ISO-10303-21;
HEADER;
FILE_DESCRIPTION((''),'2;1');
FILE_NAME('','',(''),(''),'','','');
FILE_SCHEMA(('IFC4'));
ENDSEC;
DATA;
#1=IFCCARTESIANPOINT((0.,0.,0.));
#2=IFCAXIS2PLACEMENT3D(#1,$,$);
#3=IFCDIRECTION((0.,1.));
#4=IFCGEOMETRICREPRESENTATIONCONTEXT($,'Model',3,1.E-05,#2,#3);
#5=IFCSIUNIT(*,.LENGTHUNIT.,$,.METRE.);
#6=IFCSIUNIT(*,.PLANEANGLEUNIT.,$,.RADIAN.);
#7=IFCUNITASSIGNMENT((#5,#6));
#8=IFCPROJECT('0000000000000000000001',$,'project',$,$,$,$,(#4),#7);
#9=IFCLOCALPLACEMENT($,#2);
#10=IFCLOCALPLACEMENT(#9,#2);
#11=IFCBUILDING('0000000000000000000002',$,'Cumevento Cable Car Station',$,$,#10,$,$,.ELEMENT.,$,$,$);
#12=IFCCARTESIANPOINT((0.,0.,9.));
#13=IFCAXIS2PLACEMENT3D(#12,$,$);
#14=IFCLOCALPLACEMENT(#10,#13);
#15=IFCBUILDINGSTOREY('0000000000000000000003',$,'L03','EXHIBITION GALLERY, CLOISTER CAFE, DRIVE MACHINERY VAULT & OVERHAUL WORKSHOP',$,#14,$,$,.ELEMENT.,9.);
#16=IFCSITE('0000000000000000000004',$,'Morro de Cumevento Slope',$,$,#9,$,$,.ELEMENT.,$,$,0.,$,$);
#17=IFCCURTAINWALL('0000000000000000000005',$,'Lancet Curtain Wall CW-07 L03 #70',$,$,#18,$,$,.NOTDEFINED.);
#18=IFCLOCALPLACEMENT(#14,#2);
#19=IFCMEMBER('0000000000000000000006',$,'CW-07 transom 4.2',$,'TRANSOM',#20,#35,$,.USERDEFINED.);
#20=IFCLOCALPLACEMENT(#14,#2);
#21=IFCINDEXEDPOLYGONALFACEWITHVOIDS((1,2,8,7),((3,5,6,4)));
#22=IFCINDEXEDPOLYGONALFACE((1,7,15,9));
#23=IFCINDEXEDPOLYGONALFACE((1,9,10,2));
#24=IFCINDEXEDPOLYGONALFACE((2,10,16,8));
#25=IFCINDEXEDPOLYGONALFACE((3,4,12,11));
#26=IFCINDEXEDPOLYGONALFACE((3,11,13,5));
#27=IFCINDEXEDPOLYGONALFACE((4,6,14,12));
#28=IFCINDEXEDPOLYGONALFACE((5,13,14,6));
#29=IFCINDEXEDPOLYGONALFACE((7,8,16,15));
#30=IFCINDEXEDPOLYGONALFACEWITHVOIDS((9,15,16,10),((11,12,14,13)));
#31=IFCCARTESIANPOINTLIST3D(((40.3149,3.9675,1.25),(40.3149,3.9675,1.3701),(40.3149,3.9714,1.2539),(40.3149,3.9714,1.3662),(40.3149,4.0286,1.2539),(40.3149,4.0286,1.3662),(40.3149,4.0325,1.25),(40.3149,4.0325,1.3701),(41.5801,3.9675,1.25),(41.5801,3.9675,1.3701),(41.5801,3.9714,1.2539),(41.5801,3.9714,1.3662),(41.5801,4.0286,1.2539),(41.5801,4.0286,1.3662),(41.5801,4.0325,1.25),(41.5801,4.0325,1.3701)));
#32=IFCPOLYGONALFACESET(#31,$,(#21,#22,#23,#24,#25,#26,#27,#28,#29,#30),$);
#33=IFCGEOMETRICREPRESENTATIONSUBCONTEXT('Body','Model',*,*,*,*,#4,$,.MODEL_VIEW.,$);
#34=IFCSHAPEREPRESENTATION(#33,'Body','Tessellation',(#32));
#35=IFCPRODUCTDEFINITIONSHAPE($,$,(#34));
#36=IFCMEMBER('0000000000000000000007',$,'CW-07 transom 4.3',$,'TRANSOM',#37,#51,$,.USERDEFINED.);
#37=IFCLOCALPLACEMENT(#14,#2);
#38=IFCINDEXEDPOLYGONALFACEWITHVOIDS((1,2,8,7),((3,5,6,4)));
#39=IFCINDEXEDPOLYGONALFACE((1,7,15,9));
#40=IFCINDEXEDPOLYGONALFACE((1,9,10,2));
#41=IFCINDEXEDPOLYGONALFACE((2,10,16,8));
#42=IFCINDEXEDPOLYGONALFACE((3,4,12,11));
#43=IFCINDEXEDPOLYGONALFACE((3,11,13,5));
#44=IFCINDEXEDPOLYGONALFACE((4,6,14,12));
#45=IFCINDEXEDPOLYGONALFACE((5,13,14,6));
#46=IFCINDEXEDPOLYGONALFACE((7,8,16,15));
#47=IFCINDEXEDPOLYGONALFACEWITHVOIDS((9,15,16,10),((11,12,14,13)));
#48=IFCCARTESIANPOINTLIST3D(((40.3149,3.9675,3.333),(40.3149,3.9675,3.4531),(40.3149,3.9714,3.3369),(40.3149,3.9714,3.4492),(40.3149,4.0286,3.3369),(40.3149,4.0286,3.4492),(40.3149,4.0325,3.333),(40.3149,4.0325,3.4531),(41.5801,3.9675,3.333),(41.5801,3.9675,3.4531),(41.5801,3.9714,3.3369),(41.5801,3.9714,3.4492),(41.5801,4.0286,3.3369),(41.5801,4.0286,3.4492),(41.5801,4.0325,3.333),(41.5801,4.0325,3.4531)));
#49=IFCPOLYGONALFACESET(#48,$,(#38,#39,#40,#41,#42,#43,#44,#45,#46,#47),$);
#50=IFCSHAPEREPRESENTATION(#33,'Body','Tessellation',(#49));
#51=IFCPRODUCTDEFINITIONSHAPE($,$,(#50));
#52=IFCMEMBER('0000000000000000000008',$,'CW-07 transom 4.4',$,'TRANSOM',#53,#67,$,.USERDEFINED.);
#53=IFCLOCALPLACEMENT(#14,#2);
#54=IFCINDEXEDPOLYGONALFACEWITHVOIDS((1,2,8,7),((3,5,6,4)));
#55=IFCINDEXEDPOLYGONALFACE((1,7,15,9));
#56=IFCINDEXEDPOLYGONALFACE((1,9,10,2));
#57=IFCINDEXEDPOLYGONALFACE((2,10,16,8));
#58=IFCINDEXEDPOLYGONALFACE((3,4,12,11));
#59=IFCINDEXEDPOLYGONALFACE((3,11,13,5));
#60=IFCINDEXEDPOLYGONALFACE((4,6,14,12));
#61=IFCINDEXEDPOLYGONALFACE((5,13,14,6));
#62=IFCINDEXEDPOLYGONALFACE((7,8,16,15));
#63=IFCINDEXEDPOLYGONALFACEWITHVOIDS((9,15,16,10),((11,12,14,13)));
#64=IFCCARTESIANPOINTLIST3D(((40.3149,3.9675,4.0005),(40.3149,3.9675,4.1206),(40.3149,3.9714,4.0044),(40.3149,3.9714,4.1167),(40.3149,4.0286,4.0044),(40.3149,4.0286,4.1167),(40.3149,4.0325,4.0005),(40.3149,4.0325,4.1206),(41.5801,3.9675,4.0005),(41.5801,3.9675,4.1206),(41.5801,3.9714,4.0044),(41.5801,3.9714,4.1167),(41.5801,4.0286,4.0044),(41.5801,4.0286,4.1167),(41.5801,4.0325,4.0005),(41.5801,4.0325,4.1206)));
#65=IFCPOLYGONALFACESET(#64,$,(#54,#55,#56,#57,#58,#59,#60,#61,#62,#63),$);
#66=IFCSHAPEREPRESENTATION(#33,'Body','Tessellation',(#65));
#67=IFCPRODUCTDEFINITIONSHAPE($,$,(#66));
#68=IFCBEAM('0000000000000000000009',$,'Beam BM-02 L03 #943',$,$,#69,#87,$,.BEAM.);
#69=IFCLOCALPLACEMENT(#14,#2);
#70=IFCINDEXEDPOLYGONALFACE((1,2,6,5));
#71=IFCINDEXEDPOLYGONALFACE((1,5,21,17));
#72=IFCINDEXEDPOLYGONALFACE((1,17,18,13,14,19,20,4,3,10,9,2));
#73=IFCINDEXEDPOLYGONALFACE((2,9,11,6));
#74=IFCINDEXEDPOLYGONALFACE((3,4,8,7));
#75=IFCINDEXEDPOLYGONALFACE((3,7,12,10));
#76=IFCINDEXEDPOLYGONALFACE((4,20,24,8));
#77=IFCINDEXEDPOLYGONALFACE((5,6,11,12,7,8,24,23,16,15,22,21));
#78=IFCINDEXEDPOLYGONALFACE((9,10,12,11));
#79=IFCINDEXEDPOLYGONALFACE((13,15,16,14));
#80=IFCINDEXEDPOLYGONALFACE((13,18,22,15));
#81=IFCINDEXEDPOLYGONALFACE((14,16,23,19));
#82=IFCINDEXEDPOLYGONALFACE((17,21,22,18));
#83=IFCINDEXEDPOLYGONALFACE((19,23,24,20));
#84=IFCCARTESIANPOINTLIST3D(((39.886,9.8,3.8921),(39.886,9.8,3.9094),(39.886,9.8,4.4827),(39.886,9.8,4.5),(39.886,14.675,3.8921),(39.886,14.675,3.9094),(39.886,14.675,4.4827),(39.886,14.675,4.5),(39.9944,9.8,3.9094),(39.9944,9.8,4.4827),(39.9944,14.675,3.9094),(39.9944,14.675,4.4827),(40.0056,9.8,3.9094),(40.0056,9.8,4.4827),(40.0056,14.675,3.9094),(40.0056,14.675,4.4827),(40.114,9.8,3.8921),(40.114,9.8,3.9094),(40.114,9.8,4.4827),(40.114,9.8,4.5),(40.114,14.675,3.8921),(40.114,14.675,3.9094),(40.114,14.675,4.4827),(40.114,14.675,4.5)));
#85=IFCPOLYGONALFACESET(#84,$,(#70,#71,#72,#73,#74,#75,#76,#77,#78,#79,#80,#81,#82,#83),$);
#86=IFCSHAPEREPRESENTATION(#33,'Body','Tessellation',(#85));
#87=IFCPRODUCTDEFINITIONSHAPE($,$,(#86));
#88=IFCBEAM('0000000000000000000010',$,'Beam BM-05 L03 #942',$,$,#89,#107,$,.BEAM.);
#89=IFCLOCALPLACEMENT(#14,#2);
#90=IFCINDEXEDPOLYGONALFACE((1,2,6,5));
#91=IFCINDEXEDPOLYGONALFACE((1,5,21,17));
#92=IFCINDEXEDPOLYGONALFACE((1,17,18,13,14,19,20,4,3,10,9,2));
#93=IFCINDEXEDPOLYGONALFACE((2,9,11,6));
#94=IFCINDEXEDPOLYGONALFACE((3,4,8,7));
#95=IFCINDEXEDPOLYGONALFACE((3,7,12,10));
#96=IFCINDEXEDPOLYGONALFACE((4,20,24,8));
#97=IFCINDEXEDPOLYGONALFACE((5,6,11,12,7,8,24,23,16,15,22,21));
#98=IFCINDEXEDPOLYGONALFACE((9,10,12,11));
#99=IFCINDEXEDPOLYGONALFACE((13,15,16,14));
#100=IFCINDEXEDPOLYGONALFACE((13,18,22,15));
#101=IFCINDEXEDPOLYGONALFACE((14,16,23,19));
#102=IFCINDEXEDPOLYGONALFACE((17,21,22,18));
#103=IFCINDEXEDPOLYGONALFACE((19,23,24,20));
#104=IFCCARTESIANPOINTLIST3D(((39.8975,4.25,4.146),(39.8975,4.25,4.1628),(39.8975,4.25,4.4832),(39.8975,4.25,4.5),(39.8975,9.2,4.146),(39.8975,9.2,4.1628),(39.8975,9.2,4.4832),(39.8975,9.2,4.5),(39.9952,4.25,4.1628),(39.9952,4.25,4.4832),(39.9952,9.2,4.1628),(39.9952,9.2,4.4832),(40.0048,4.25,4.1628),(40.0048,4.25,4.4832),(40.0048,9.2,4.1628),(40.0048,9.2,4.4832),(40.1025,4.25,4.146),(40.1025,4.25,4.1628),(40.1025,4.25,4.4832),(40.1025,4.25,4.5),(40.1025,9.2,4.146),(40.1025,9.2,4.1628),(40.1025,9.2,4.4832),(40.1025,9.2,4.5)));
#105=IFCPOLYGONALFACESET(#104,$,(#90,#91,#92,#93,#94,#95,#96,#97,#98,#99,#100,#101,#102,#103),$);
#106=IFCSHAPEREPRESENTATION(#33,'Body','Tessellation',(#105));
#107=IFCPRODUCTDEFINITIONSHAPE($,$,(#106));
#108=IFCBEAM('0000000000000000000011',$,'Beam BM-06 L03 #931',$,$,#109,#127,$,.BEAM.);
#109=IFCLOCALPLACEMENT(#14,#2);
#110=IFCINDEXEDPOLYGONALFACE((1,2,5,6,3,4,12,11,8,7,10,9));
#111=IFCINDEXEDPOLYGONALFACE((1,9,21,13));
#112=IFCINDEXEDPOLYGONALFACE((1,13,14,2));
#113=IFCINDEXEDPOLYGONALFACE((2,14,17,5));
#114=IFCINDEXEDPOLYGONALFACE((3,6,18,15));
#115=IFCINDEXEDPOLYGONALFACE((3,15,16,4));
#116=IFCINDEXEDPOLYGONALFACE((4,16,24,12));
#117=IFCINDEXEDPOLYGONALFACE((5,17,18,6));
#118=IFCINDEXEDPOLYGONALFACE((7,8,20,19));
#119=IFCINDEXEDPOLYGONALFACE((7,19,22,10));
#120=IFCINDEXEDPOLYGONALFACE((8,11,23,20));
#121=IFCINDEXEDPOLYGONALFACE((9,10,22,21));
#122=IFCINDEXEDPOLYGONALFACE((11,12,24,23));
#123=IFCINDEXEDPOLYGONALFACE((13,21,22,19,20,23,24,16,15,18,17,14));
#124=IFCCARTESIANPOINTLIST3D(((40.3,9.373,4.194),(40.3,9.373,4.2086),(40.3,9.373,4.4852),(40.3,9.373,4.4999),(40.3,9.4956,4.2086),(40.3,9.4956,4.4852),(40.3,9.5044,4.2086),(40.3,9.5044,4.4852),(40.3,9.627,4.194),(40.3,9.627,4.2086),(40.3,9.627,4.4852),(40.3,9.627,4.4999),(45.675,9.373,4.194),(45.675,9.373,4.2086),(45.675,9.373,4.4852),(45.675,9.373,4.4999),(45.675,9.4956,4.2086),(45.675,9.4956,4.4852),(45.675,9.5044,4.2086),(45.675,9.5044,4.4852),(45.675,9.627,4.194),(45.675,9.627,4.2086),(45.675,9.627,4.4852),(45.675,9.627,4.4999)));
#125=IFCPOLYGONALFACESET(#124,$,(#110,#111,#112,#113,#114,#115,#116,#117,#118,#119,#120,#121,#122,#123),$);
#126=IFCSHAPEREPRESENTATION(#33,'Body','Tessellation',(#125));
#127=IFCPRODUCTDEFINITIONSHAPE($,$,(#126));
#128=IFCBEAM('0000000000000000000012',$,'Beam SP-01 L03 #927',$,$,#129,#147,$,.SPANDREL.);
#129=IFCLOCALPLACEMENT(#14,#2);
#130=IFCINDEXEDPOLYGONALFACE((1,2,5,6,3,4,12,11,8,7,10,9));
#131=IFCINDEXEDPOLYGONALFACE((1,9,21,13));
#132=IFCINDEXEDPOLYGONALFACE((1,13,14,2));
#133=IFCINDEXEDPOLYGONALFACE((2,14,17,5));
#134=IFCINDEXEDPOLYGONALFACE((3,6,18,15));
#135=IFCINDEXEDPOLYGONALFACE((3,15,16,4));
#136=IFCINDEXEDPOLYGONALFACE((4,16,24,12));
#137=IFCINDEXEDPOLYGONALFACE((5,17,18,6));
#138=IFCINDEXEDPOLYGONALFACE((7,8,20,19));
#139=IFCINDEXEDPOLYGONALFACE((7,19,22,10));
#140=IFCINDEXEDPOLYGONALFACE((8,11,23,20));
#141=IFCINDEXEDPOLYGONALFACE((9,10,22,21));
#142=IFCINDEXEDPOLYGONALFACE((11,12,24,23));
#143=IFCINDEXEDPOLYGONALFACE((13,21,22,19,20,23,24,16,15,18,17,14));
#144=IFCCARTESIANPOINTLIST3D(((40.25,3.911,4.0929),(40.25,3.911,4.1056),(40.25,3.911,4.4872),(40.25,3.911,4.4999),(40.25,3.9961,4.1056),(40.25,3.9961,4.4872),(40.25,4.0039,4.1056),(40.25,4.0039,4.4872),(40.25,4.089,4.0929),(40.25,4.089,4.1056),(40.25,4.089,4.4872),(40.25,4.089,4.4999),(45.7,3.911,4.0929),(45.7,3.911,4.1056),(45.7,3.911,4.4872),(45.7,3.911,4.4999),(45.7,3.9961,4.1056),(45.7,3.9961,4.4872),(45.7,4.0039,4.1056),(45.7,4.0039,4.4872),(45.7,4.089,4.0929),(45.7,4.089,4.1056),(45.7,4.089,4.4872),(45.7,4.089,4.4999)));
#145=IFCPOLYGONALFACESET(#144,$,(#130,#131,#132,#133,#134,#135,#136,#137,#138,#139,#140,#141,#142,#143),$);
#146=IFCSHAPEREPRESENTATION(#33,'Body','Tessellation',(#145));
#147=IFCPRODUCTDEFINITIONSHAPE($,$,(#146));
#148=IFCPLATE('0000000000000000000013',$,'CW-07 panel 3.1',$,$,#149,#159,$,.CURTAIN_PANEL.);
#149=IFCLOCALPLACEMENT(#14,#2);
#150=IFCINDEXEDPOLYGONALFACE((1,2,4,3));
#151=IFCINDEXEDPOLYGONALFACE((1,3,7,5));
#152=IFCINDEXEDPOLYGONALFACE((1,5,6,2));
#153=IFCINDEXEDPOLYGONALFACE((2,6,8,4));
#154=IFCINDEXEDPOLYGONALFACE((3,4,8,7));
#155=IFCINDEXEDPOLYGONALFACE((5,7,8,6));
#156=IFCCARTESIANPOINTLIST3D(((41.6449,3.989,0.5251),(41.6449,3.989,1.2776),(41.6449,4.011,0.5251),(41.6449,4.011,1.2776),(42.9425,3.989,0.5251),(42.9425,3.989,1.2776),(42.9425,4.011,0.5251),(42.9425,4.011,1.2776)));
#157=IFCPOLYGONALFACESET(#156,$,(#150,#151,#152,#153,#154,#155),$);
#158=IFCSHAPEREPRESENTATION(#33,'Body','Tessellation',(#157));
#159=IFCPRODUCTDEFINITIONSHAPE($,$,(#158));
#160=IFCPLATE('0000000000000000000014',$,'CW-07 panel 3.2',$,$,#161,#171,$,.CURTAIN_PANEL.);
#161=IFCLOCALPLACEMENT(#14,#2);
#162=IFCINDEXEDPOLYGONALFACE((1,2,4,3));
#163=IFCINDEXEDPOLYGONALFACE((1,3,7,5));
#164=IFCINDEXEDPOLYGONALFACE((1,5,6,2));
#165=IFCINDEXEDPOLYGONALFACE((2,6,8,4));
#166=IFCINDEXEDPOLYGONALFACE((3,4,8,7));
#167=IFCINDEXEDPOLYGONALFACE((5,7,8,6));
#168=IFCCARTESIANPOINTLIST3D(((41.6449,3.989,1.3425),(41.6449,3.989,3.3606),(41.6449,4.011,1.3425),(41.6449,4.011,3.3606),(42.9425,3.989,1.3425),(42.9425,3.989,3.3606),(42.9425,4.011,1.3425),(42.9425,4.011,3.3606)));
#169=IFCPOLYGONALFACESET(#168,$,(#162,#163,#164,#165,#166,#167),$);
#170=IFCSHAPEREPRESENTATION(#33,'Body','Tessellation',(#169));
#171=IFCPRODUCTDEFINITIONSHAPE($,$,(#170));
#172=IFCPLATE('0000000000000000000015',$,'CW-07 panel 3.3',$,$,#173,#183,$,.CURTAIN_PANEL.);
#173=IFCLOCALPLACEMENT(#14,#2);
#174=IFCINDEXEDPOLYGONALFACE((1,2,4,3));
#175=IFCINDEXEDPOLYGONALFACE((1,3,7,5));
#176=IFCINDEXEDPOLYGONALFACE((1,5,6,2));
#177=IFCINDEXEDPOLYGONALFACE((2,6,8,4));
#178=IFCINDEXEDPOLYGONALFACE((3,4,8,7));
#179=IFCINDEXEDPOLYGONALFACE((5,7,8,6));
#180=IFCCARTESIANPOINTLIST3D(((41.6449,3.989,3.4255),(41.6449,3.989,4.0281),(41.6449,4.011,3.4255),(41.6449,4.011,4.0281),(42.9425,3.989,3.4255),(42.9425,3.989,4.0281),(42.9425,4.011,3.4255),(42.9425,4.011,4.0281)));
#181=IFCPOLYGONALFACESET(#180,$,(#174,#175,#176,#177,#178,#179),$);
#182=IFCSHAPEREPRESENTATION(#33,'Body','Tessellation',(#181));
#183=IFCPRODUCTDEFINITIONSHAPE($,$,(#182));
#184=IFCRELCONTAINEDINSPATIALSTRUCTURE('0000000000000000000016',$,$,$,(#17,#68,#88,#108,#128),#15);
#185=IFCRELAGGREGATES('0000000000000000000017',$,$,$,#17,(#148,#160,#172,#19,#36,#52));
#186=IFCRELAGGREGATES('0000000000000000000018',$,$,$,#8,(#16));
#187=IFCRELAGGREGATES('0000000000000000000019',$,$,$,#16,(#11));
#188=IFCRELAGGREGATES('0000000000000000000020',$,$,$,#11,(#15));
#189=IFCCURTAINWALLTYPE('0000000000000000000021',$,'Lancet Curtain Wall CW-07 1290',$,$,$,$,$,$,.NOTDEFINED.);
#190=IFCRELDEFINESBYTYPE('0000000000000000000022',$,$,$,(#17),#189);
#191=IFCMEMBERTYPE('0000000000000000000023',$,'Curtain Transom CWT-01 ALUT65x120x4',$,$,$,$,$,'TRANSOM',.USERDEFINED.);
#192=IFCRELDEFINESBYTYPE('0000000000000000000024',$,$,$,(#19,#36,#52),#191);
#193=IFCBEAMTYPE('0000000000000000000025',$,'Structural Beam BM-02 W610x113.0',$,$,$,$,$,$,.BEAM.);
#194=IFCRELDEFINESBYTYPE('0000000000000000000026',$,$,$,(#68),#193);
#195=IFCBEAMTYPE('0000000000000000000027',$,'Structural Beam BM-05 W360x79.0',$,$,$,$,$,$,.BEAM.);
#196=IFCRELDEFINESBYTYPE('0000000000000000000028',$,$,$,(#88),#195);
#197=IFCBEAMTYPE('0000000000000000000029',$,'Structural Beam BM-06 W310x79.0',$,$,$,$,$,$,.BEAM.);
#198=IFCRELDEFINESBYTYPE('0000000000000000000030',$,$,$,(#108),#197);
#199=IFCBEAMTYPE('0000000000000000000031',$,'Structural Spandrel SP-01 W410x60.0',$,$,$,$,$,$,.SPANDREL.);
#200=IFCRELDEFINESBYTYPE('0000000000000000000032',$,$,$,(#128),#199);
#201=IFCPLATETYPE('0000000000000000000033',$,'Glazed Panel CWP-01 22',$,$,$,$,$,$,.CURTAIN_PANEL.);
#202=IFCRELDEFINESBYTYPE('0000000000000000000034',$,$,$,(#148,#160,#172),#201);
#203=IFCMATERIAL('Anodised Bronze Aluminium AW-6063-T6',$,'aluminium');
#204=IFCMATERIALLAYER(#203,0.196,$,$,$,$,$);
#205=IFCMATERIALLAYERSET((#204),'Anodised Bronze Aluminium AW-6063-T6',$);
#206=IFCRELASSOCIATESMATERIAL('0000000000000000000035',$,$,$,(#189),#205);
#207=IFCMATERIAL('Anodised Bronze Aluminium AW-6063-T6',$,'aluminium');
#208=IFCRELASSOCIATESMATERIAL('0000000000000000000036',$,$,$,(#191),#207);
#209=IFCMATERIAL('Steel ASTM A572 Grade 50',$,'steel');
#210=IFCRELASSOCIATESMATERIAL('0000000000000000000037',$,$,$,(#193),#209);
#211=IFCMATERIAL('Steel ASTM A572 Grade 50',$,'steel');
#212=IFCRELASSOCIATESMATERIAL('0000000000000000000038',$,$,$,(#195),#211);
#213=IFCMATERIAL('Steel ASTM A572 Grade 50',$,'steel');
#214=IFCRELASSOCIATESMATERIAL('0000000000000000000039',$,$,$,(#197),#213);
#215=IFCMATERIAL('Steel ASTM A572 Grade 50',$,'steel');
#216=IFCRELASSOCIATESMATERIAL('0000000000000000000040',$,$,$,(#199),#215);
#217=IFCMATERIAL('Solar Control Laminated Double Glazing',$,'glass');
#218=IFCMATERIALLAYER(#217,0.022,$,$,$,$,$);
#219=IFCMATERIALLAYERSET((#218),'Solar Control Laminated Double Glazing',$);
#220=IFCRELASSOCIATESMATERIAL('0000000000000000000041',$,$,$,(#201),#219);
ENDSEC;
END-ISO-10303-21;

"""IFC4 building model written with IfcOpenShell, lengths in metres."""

from ifc_helpers import new_model, si_unit, direction, frame, origin, origin_2d, place, context, subcontext, project, spatial, rectangle, hollow_rectangle, i_section, extrude, material, layer, layer_set, material_profile, profile_set, type_object, element, aggregate, save


model = new_model("IFC4")

# Units and contexts
model_context = context("Model", 3, precision=1e-05, world=origin(), true_north=direction((0.0, 1.0)))
body_context = subcontext(model_context, "Body", "Model", "MODEL_VIEW")
ifc_project = project(units=[si_unit("LENGTHUNIT", "METRE"), si_unit("PLANEANGLEUNIT", "RADIAN")], contexts=[model_context])

# Site, building, storey
site_placement = place(None, origin())
site = spatial("IfcSite", under=ifc_project, at=site_placement, Name="Morro de Cumevento Slope", CompositionType="ELEMENT", RefElevation=0.0)
building_placement = place(site_placement, origin())
building = spatial("IfcBuilding", under=site, at=building_placement, Name="Cumevento Cable Car Station", CompositionType="ELEMENT")
storey_placement = place(building_placement, frame((0.0, 0.0, 9.0)))
storey = spatial("IfcBuildingStorey", under=building, at=storey_placement, Name="L03", Description="EXHIBITION GALLERY, CLOISTER CAFE, DRIVE MACHINERY VAULT & OVERHAUL WORKSHOP", CompositionType="ELEMENT", Elevation=9.0)

# Curtain wall
ifc_material_1 = material(Name="Anodised Bronze Aluminium AW-6063-T6", Category="aluminium")
ifc_layer_1 = layer(ifc_material_1, 0.196)
ifc_layer_set_1 = layer_set([ifc_layer_1], Name="Anodised Bronze Aluminium AW-6063-T6")
curtain_wall_type_1 = type_object("IfcCurtainWallType", Name="Lancet Curtain Wall CW-07 1290", PredefinedType="NOTDEFINED", material=ifc_layer_set_1)
curtain_wall_1_placement = place(storey_placement, origin())
curtain_wall_1 = element("IfcCurtainWall", 1, at=curtain_wall_1_placement, inside=storey, type_object=curtain_wall_type_1, Name="Lancet Curtain Wall CW-07 L03 #70", PredefinedType="NOTDEFINED")

# Members
ifc_material_2 = material(Name="Anodised Bronze Aluminium AW-6063-T6", Category="aluminium")
ifc_material_profile_1 = material_profile(ifc_material_2, hollow_rectangle(XDim=0.0649, YDim=0.1201, WallThickness=0.0039, at=origin_2d()), Name="ALUT65x120x4")
ifc_profile_set_1 = profile_set([ifc_material_profile_1], Name="Anodised Bronze Aluminium AW-6063-T6")
member_type_1 = type_object("IfcMemberType", Name="Curtain Transom CWT-01 ALUT65x120x4", ElementType="TRANSOM", PredefinedType="USERDEFINED", material=ifc_profile_set_1)
member_1_placement = place(storey_placement, frame((41.5801, 4.0, 1.3101), z_axis=(-1.0, 0.0, 0.0), x_axis=(0.0, -1.0, 0.0)))
member_1 = element("IfcMember", 2, at=member_1_placement, type_object=member_type_1, Name="CW-07 transom 4.2", ObjectType="TRANSOM", PredefinedType="USERDEFINED", context=body_context, shape_type="SweptSolid", body=[
    extrude(hollow_rectangle(XDim=0.0649, YDim=0.1201, WallThickness=0.0039, at=origin_2d()), origin(), (0.0, 0.0, 1.0), 1.2651),
])
member_2_placement = place(storey_placement, frame((41.5801, 4.0, 3.3931), z_axis=(-1.0, 0.0, 0.0), x_axis=(0.0, -1.0, 0.0)))
member_2 = element("IfcMember", 3, at=member_2_placement, type_object=member_type_1, Name="CW-07 transom 4.3", ObjectType="TRANSOM", PredefinedType="USERDEFINED", context=body_context, shape_type="SweptSolid", body=[
    extrude(hollow_rectangle(XDim=0.0649, YDim=0.1201, WallThickness=0.0039, at=origin_2d()), origin(), (0.0, 0.0, 1.0), 1.2651),
])
member_3_placement = place(storey_placement, frame((41.5801, 4.0, 4.0605), z_axis=(-1.0, 0.0, 0.0), x_axis=(0.0, -1.0, 0.0)))
member_3 = element("IfcMember", 4, at=member_3_placement, type_object=member_type_1, Name="CW-07 transom 4.4", ObjectType="TRANSOM", PredefinedType="USERDEFINED", context=body_context, shape_type="SweptSolid", body=[
    extrude(hollow_rectangle(XDim=0.0649, YDim=0.1201, WallThickness=0.0039, at=origin_2d()), origin(), (0.0, 0.0, 1.0), 1.2651),
])

# Beams
ifc_material_3 = material(Name="Steel ASTM A572 Grade 50", Category="steel")
ifc_material_profile_2 = material_profile(ifc_material_3, i_section(OverallWidth=0.228, OverallDepth=0.6079, WebThickness=0.0112, FlangeThickness=0.0173, at=origin_2d()), Name="W610x113.0")
ifc_profile_set_2 = profile_set([ifc_material_profile_2], Name="Steel ASTM A572 Grade 50")
beam_type_1 = type_object("IfcBeamType", Name="Structural Beam BM-02 W610x113.0", PredefinedType="BEAM", material=ifc_profile_set_2)
beam_1_placement = place(storey_placement, frame((40.0, 9.8, 4.196), z_axis=(0.0, 1.0, 0.0), x_axis=(-1.0, 0.0, 0.0)))
element("IfcBeam", 5, at=beam_1_placement, inside=storey, type_object=beam_type_1, Name="Beam BM-02 L03 #943", PredefinedType="BEAM", context=body_context, shape_type="SweptSolid", body=[
    extrude(i_section(OverallWidth=0.228, OverallDepth=0.6079, WebThickness=0.0112, FlangeThickness=0.0173, at=origin_2d()), origin(), (0.0, 0.0, 1.0), 4.875),
])
ifc_material_4 = material(Name="Steel ASTM A572 Grade 50", Category="steel")
ifc_material_profile_3 = material_profile(ifc_material_4, i_section(OverallWidth=0.2051, OverallDepth=0.354, WebThickness=0.0095, FlangeThickness=0.0168, at=origin_2d()), Name="W360x79.0")
ifc_profile_set_3 = profile_set([ifc_material_profile_3], Name="Steel ASTM A572 Grade 50")
beam_type_2 = type_object("IfcBeamType", Name="Structural Beam BM-05 W360x79.0", PredefinedType="BEAM", material=ifc_profile_set_3)
beam_2_placement = place(storey_placement, frame((40.0, 4.25, 4.323), z_axis=(0.0, 1.0, 0.0), x_axis=(-1.0, 0.0, 0.0)))
element("IfcBeam", 6, at=beam_2_placement, inside=storey, type_object=beam_type_2, Name="Beam BM-05 L03 #942", PredefinedType="BEAM", context=body_context, shape_type="SweptSolid", body=[
    extrude(i_section(OverallWidth=0.2051, OverallDepth=0.354, WebThickness=0.0095, FlangeThickness=0.0168, at=origin_2d()), origin(), (0.0, 0.0, 1.0), 4.95),
])
ifc_material_5 = material(Name="Steel ASTM A572 Grade 50", Category="steel")
ifc_material_profile_4 = material_profile(ifc_material_5, i_section(OverallWidth=0.2539, OverallDepth=0.3059, WebThickness=0.0088, FlangeThickness=0.0146, at=origin_2d()), Name="W310x79.0")
ifc_profile_set_4 = profile_set([ifc_material_profile_4], Name="Steel ASTM A572 Grade 50")
beam_type_3 = type_object("IfcBeamType", Name="Structural Beam BM-06 W310x79.0", PredefinedType="BEAM", material=ifc_profile_set_4)
beam_3_placement = place(storey_placement, frame((40.3, 9.5, 4.3469), z_axis=(1.0, 0.0, 0.0), x_axis=(0.0, 1.0, 0.0)))
element("IfcBeam", 7, at=beam_3_placement, inside=storey, type_object=beam_type_3, Name="Beam BM-06 L03 #931", PredefinedType="BEAM", context=body_context, shape_type="SweptSolid", body=[
    extrude(i_section(OverallWidth=0.2539, OverallDepth=0.3059, WebThickness=0.0088, FlangeThickness=0.0146, at=origin_2d()), origin(), (0.0, 0.0, 1.0), 5.375),
])
ifc_material_6 = material(Name="Steel ASTM A572 Grade 50", Category="steel")
ifc_material_profile_5 = material_profile(ifc_material_6, i_section(OverallWidth=0.178, OverallDepth=0.407, WebThickness=0.0078, FlangeThickness=0.0127, at=origin_2d()), Name="W410x60.0")
ifc_profile_set_5 = profile_set([ifc_material_profile_5], Name="Steel ASTM A572 Grade 50")
beam_type_4 = type_object("IfcBeamType", Name="Structural Spandrel SP-01 W410x60.0", PredefinedType="SPANDREL", material=ifc_profile_set_5)
beam_4_placement = place(storey_placement, frame((40.25, 4.0, 4.2964), z_axis=(1.0, 0.0, 0.0), x_axis=(0.0, 1.0, 0.0)))
element("IfcBeam", 8, at=beam_4_placement, inside=storey, type_object=beam_type_4, Name="Beam SP-01 L03 #927", PredefinedType="SPANDREL", context=body_context, shape_type="SweptSolid", body=[
    extrude(i_section(OverallWidth=0.178, OverallDepth=0.407, WebThickness=0.0078, FlangeThickness=0.0127, at=origin_2d()), origin(), (0.0, 0.0, 1.0), 5.45),
])

# Plates
ifc_material_7 = material(Name="Solar Control Laminated Double Glazing", Category="glass")
ifc_layer_2 = layer(ifc_material_7, 0.022)
ifc_layer_set_2 = layer_set([ifc_layer_2], Name="Solar Control Laminated Double Glazing")
plate_type_1 = type_object("IfcPlateType", Name="Glazed Panel CWP-01 22", PredefinedType="CURTAIN_PANEL", material=ifc_layer_set_2)
plate_1_placement = place(storey_placement, frame((42.2937, 4.0, 0.5251), z_axis=(0.0, 0.0, 1.0), x_axis=(-1.0, 0.0, 0.0)))
plate_1 = element("IfcPlate", 9, at=plate_1_placement, type_object=plate_type_1, Name="CW-07 panel 3.1", PredefinedType="CURTAIN_PANEL", context=body_context, shape_type="SweptSolid", body=[
    extrude(rectangle(XDim=1.2976, YDim=0.022, at=origin_2d()), origin(), (0.0, 0.0, 1.0), 0.7524),
])
plate_2_placement = place(storey_placement, frame((42.2937, 4.0, 1.3425), z_axis=(0.0, 0.0, 1.0), x_axis=(-1.0, 0.0, 0.0)))
plate_2 = element("IfcPlate", 10, at=plate_2_placement, type_object=plate_type_1, Name="CW-07 panel 3.2", PredefinedType="CURTAIN_PANEL", context=body_context, shape_type="SweptSolid", body=[
    extrude(rectangle(XDim=1.2976, YDim=0.022, at=origin_2d()), origin(), (0.0, 0.0, 1.0), 2.0181),
])
plate_3_placement = place(storey_placement, frame((42.2937, 4.0, 3.4255), z_axis=(0.0, 0.0, 1.0), x_axis=(-1.0, 0.0, 0.0)))
plate_3 = element("IfcPlate", 11, at=plate_3_placement, type_object=plate_type_1, Name="CW-07 panel 3.3", PredefinedType="CURTAIN_PANEL", context=body_context, shape_type="SweptSolid", body=[
    extrude(rectangle(XDim=1.2976, YDim=0.022, at=origin_2d()), origin(), (0.0, 0.0, 1.0), 0.6025),
])
aggregate(curtain_wall_1, [plate_1, plate_2, plate_3, member_1, member_2, member_3])

save(model, "model.ifc")
